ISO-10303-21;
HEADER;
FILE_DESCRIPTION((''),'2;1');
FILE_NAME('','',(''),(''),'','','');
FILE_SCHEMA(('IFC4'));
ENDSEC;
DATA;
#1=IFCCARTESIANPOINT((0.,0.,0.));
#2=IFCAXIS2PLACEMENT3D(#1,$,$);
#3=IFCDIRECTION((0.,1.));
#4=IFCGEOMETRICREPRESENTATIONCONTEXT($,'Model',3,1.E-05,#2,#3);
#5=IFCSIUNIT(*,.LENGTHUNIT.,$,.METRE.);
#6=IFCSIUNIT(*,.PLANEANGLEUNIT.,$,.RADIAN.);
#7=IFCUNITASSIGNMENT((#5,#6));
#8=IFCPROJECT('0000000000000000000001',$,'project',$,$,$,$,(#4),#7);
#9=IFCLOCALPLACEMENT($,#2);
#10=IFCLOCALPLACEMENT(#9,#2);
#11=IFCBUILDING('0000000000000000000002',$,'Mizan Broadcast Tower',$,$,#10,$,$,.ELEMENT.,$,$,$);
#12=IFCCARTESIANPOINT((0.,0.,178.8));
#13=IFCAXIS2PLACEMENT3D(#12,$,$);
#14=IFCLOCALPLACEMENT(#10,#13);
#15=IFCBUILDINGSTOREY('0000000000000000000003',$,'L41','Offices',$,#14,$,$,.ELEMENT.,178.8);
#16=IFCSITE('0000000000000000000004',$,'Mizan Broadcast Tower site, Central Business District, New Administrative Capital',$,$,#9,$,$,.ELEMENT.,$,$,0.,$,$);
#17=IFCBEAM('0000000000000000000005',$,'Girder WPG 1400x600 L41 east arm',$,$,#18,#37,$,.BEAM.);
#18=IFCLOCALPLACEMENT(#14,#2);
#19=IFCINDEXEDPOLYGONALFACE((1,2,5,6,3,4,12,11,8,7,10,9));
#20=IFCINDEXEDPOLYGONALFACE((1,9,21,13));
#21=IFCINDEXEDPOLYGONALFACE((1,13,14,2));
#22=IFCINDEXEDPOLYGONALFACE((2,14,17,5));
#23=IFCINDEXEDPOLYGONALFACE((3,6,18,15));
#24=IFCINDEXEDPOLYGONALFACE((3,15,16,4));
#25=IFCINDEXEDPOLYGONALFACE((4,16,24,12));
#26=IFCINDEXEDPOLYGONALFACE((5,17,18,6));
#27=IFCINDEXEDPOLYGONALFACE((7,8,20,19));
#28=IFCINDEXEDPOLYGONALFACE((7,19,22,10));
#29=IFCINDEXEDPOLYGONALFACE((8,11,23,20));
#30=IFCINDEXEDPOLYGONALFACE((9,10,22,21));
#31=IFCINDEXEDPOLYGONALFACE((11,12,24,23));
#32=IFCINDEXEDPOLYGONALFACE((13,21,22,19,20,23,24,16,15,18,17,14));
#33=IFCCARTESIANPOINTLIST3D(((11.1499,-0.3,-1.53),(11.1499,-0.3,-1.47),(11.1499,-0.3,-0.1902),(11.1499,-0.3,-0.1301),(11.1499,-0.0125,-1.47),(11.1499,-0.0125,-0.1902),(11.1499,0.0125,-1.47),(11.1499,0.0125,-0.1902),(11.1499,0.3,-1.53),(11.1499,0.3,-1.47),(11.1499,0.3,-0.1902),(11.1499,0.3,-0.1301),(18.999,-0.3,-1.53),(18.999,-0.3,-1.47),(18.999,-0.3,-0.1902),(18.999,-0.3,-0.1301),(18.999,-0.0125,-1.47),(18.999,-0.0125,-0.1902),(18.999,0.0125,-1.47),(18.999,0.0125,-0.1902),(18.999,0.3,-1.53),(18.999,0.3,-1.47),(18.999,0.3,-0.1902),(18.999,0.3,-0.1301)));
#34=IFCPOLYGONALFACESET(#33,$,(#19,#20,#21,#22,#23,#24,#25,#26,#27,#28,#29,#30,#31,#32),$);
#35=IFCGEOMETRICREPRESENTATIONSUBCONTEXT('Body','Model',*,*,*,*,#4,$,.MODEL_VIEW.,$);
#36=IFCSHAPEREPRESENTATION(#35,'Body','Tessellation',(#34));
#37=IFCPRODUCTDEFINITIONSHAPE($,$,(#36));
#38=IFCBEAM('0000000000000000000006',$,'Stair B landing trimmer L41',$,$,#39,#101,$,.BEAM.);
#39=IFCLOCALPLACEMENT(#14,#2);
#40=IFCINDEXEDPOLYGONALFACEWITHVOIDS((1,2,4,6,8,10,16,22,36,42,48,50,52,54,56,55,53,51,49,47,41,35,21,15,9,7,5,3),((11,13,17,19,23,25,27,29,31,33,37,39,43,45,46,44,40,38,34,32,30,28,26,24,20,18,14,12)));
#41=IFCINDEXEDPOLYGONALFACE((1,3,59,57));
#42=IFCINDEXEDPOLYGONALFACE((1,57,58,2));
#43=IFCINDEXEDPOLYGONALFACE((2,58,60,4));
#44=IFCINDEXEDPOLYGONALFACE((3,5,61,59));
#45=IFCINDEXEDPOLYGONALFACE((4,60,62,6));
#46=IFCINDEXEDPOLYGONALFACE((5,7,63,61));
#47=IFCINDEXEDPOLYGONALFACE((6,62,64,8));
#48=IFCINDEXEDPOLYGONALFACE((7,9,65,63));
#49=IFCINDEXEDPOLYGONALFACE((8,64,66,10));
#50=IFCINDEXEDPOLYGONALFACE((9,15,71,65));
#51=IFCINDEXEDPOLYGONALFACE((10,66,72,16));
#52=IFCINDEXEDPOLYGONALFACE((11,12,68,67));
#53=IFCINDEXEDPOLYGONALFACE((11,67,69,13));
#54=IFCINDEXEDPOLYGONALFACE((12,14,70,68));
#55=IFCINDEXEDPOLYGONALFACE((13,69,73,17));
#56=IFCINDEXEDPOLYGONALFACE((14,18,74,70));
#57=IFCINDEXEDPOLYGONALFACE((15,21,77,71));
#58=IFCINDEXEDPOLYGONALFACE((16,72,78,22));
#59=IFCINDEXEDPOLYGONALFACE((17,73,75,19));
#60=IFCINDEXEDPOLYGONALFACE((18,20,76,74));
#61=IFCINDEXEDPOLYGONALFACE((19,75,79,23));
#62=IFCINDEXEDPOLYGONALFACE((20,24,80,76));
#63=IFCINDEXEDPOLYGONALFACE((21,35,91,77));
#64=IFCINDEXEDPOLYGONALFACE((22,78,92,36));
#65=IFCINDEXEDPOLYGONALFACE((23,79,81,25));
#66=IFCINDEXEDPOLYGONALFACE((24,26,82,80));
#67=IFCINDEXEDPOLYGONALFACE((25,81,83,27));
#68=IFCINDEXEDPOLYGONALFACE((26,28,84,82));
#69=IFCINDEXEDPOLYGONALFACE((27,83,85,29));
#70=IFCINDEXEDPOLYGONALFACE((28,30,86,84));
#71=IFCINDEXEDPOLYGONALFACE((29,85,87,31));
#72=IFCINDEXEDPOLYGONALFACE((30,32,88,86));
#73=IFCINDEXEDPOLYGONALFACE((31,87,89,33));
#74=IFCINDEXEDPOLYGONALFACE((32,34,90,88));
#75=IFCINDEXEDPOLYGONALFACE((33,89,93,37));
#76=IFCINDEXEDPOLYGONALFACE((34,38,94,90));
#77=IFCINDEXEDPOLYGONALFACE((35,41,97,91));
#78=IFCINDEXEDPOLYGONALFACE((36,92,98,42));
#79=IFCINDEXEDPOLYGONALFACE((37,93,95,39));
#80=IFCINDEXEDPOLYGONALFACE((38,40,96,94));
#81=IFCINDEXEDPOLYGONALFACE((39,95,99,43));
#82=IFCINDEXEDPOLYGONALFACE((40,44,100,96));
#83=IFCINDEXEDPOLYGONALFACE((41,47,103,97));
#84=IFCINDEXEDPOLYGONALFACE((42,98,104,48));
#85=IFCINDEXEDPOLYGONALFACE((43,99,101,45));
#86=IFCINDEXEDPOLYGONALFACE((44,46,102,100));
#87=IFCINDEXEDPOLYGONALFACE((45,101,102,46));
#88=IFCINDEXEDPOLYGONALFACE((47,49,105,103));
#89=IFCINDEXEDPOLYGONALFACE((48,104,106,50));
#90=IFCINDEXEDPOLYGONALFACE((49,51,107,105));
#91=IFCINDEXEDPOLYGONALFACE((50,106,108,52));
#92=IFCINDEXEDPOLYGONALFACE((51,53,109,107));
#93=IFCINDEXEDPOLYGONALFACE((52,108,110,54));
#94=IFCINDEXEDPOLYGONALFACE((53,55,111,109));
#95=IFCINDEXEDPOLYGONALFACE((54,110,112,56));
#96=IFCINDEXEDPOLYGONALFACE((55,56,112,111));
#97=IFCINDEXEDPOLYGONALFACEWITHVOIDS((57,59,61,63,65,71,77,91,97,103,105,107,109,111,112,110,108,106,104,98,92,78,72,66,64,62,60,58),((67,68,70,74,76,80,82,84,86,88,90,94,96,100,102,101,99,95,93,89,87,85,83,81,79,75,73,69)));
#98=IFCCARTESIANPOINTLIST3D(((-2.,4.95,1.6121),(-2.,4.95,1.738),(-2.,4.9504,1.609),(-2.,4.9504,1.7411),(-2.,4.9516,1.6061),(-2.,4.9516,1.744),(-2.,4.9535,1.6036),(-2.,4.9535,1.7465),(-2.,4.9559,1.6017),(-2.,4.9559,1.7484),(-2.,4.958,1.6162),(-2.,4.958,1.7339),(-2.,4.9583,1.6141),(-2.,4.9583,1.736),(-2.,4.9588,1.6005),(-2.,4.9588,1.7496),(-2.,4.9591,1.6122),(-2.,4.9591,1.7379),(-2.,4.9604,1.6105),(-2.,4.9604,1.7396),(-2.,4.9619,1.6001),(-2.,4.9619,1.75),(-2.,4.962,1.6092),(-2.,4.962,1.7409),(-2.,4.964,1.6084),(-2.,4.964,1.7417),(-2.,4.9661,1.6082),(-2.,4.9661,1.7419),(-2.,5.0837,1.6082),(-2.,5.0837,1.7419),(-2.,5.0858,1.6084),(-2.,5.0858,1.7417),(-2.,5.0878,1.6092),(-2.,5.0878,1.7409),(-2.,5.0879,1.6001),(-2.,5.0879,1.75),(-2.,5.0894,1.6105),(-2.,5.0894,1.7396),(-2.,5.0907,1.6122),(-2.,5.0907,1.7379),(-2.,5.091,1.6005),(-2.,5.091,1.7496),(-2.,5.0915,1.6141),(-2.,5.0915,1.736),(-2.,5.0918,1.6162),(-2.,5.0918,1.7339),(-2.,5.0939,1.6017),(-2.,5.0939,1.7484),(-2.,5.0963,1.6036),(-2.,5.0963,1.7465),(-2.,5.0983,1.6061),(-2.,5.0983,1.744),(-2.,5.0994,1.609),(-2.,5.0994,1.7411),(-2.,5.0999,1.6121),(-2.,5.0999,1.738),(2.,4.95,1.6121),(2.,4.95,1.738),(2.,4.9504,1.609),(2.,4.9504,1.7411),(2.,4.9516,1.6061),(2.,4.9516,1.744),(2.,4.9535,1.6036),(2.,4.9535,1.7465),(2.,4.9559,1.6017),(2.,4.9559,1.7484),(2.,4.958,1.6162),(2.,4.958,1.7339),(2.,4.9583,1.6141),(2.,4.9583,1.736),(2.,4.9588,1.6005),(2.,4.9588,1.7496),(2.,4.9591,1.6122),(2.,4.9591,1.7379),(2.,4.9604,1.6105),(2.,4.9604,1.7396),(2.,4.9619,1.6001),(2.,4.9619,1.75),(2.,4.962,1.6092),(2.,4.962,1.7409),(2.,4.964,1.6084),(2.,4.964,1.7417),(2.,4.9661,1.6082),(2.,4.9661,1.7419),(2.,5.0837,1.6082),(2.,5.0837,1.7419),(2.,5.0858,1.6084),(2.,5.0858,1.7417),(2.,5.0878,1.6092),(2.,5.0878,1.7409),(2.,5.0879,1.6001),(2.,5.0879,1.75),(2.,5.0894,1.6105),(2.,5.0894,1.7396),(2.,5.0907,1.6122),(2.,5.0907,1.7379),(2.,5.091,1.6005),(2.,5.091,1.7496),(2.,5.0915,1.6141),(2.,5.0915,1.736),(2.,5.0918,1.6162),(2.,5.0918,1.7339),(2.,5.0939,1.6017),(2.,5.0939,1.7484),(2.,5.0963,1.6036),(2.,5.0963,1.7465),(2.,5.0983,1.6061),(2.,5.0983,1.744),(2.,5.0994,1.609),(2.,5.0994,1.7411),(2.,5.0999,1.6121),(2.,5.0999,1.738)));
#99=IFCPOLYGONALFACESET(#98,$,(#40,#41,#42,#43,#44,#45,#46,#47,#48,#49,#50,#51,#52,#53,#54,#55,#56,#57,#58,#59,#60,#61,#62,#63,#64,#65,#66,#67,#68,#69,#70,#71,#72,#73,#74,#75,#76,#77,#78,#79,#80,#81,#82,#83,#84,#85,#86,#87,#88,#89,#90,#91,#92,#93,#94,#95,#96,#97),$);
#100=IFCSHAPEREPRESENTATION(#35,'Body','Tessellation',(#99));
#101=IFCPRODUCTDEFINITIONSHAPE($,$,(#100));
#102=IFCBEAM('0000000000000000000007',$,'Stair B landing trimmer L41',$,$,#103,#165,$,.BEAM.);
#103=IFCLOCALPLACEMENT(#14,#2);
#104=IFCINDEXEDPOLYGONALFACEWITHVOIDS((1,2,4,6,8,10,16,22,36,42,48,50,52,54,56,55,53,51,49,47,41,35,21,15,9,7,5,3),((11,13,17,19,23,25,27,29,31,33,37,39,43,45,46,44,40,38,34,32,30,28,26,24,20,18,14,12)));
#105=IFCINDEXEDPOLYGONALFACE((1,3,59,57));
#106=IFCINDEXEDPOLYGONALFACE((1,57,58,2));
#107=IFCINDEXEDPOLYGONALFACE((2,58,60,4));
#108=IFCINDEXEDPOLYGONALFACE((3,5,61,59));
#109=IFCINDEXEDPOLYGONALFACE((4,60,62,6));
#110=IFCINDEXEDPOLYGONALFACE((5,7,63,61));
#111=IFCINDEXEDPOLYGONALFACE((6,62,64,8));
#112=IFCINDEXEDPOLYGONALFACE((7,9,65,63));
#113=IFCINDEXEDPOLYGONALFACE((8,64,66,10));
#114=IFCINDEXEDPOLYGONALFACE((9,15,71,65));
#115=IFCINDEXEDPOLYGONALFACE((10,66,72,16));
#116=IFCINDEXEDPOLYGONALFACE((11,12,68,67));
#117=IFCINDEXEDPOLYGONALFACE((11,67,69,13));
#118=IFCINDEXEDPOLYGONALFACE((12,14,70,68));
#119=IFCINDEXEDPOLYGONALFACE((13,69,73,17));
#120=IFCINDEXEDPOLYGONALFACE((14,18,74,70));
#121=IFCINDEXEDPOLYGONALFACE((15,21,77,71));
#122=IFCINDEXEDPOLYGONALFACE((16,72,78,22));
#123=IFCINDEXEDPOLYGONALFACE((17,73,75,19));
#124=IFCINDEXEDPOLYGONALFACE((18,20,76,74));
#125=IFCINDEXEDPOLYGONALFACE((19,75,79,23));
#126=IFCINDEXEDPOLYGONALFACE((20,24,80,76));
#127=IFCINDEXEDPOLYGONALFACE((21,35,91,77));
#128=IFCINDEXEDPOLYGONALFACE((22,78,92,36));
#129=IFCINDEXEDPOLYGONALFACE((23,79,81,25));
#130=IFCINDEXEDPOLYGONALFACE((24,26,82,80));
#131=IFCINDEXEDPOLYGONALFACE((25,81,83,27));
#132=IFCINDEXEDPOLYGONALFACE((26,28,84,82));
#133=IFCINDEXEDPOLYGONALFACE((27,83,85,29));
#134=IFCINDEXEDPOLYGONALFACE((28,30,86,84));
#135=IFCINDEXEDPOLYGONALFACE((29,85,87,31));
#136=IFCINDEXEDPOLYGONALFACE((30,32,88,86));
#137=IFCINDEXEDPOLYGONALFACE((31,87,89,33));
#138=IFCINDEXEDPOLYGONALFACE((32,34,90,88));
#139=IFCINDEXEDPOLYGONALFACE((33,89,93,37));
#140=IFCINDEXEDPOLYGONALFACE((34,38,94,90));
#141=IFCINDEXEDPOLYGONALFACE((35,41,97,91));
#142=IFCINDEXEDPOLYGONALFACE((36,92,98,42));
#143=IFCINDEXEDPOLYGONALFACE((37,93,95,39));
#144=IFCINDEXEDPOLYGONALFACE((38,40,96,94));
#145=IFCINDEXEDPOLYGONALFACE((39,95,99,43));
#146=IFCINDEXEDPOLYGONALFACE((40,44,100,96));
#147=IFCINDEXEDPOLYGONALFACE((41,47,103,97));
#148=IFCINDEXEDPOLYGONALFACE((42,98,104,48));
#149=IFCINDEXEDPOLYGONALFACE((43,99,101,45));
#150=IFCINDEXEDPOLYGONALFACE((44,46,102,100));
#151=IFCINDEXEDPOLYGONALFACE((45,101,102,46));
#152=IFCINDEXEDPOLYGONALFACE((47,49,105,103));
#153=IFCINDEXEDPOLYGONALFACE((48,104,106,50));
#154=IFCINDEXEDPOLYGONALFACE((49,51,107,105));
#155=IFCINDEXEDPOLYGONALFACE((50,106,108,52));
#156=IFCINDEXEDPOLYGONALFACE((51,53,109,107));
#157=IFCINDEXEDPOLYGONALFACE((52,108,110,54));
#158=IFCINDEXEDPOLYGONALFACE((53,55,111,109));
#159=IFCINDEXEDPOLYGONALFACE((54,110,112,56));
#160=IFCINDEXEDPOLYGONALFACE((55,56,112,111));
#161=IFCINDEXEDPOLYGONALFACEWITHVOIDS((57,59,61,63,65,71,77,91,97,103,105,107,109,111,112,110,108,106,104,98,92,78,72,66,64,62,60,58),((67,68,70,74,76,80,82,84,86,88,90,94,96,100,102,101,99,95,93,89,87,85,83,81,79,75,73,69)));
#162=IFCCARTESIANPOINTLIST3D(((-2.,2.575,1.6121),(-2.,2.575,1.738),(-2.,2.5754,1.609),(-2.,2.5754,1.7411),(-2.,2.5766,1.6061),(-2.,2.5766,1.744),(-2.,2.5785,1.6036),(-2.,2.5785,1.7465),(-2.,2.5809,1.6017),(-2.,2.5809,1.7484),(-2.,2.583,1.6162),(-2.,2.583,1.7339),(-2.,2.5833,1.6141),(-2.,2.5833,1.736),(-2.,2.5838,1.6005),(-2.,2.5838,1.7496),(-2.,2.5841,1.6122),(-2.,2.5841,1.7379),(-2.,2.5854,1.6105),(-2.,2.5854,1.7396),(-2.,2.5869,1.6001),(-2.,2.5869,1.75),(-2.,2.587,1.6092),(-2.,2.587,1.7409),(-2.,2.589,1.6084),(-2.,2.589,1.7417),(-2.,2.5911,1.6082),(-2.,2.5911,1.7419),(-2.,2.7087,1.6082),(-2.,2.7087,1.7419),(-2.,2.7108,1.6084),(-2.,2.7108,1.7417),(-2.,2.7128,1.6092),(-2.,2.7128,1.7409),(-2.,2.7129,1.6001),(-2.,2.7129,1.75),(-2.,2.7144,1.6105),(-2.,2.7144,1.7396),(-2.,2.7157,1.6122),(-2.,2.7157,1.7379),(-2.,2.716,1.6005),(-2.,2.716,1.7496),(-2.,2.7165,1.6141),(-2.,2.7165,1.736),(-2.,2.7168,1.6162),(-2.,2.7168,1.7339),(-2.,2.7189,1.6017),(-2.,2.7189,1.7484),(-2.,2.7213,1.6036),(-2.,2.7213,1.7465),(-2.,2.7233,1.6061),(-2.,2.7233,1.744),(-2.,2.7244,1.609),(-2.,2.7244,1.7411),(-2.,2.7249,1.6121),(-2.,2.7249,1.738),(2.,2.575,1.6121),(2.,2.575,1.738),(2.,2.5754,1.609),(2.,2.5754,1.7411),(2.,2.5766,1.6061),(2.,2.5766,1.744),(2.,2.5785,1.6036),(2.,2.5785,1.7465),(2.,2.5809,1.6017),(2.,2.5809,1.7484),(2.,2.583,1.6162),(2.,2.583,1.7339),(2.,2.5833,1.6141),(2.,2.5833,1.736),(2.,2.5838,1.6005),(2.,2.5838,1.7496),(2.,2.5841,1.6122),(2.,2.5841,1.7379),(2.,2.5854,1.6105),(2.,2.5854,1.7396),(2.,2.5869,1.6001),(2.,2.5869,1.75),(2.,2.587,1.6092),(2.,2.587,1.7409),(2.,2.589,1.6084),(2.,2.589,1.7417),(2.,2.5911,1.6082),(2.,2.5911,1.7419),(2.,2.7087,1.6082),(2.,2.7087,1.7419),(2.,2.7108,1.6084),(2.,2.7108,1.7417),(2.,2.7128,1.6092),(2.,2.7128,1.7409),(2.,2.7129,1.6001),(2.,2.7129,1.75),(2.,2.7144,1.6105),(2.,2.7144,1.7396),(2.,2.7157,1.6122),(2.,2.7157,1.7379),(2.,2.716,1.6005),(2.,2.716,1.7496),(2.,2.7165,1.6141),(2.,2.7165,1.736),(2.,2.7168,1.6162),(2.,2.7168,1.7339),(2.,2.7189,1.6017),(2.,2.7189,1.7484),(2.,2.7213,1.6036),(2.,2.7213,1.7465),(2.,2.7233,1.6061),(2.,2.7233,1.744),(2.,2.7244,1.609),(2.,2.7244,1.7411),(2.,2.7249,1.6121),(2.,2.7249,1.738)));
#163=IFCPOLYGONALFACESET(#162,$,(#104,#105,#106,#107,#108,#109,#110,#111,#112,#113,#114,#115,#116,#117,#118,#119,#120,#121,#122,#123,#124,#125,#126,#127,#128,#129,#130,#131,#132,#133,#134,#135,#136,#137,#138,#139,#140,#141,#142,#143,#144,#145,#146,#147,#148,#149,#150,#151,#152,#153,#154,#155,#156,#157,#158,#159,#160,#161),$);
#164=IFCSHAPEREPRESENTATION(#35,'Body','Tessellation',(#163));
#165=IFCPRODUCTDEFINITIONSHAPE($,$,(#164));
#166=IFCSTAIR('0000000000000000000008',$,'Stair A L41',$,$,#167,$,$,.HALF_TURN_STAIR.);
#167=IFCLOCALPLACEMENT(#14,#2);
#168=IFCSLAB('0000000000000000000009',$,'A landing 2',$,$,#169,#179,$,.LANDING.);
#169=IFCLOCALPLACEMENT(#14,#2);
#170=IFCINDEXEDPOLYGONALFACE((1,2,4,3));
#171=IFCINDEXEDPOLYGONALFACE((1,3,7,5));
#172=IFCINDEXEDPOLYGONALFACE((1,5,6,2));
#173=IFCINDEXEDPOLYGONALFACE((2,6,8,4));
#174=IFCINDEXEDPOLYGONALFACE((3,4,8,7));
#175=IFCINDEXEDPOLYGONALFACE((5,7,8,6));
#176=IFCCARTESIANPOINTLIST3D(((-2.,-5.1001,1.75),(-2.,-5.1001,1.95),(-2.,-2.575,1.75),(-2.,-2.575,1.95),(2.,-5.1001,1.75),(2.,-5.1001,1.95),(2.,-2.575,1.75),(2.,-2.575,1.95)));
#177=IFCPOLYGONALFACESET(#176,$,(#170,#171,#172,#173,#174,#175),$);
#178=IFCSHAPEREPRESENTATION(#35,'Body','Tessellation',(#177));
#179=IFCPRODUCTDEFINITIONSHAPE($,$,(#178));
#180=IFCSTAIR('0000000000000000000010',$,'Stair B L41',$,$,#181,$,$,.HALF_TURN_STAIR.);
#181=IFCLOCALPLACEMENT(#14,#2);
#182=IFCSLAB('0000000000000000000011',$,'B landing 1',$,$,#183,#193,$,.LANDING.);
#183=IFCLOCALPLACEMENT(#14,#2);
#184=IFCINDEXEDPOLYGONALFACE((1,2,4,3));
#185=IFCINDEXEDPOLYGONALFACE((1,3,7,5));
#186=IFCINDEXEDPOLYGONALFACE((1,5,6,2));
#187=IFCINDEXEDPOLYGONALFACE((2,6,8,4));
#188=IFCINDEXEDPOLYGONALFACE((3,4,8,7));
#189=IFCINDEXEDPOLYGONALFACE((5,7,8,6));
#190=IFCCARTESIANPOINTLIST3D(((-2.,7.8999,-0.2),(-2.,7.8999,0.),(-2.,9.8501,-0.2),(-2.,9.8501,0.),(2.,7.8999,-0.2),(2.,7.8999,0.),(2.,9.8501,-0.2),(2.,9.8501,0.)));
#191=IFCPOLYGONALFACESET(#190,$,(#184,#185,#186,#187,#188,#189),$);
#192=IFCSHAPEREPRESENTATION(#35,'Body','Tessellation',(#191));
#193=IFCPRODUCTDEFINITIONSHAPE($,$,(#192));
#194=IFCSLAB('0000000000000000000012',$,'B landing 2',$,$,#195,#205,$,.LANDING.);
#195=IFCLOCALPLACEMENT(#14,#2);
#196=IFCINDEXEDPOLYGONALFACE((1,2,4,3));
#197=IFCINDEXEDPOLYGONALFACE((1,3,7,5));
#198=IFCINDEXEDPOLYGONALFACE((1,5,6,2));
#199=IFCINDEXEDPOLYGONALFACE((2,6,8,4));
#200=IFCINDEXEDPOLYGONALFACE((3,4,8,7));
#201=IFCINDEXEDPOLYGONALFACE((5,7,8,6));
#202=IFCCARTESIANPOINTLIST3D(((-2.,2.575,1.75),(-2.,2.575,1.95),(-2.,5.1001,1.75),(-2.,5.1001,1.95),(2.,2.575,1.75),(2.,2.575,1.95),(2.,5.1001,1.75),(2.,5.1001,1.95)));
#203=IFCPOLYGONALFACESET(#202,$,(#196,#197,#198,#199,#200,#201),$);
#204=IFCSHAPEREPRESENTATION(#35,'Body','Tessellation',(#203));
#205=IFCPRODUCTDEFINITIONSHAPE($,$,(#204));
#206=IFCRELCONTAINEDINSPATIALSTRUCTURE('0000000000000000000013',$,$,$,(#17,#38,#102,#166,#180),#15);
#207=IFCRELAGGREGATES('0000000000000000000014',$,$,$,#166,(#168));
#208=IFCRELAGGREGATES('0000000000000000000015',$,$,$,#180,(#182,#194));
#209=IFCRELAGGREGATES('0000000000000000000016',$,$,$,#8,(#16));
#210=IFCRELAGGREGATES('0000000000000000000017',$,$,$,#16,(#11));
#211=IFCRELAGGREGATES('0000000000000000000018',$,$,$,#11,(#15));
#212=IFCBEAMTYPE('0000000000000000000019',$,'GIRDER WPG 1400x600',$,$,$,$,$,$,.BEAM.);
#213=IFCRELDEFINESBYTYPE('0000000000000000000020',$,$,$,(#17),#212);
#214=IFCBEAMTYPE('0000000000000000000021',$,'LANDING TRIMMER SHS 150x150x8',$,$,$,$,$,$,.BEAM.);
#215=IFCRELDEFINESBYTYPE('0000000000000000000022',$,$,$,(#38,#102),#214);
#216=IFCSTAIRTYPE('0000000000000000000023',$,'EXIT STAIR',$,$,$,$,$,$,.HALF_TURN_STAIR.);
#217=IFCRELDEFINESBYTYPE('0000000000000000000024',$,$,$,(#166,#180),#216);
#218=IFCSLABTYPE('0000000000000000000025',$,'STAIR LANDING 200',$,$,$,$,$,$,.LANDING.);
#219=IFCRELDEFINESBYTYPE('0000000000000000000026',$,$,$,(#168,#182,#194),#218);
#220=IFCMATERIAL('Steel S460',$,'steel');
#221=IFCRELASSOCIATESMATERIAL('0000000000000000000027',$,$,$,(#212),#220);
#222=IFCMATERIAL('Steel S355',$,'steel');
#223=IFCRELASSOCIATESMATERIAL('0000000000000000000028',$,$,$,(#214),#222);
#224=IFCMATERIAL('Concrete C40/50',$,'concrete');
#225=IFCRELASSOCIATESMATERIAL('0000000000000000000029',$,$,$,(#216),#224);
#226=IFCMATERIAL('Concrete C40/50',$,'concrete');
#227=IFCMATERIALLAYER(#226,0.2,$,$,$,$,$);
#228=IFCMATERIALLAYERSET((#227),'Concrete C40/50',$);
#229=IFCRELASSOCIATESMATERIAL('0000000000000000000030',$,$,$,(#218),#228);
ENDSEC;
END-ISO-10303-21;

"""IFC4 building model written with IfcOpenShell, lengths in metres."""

from ifc_helpers import new_model, si_unit, direction, frame, origin, origin_2d, place, context, subcontext, project, spatial, polyline, hollow_rectangle, i_section, outline, extrude, material, layer, layer_set, material_profile, profile_set, type_object, element, aggregate, save


model = new_model("IFC4")

# Units and contexts
model_context = context("Model", 3, precision=1e-05, world=origin(), true_north=direction((0.0, 1.0)))
body_context = subcontext(model_context, "Body", "Model", "MODEL_VIEW")
ifc_project = project(units=[si_unit("LENGTHUNIT", "METRE"), si_unit("PLANEANGLEUNIT", "RADIAN")], contexts=[model_context])

# Site, building, storey
site_placement = place(None, origin())
site = spatial("IfcSite", under=ifc_project, at=site_placement, Name="Mizan Broadcast Tower site, Central Business District, New Administrative Capital", CompositionType="ELEMENT", RefElevation=0.0)
building_placement = place(site_placement, origin())
building = spatial("IfcBuilding", under=site, at=building_placement, Name="Mizan Broadcast Tower", CompositionType="ELEMENT")
storey_placement = place(building_placement, frame((0.0, 0.0, 178.8)))
storey = spatial("IfcBuildingStorey", under=building, at=storey_placement, Name="L41", Description="Offices", CompositionType="ELEMENT", Elevation=178.8)

# Beams
ifc_material_1 = material(Name="Steel S460", Category="steel")
ifc_material_profile_1 = material_profile(ifc_material_1, i_section(OverallWidth=0.6001, OverallDepth=1.3999, WebThickness=0.0249, FlangeThickness=0.0601, at=origin_2d()), Name="WPG 1400x600")
ifc_profile_set_1 = profile_set([ifc_material_profile_1], Name="Steel S460")
beam_type_1 = type_object("IfcBeamType", Name="GIRDER WPG 1400x600", PredefinedType="BEAM", material=ifc_profile_set_1)
beam_placement = place(storey_placement, frame((11.1499, 0.0, -0.8301), z_axis=(1.0, 0.0, 0.0), x_axis=(0.0, 1.0, 0.0)))
element("IfcBeam", 1, at=beam_placement, inside=storey, type_object=beam_type_1, Name="Girder WPG 1400x600 L41 east arm", PredefinedType="BEAM", context=body_context, shape_type="SweptSolid", body=[
    extrude(i_section(OverallWidth=0.6001, OverallDepth=1.3999, WebThickness=0.0249, FlangeThickness=0.0601, at=origin_2d()), origin(), (0.0, 0.0, 1.0), 7.8491),
])
ifc_material_2 = material(Name="Steel S355", Category="steel")
ifc_material_profile_2 = material_profile(ifc_material_2, hollow_rectangle(XDim=0.1499, YDim=0.1499, WallThickness=0.0081, InnerFilletRadius=0.0081, OuterFilletRadius=0.012, at=origin_2d()), Name="SHS 150x150x8")
ifc_profile_set_2 = profile_set([ifc_material_profile_2], Name="Steel S355")
beam_type_2 = type_object("IfcBeamType", Name="LANDING TRIMMER SHS 150x150x8", PredefinedType="BEAM", material=ifc_profile_set_2)
for number, where, z_axis, x_axis, name in (
    (2, (2.0, 5.0249, 1.675), (-1.0, 0.0, 0.0), (0.0, -1.0, 0.0), "Stair B landing trimmer L41"),
    (3, (2.0, 2.6499, 1.675), (-1.0, 0.0, 0.0), (0.0, -1.0, 0.0), "Stair B landing trimmer L41"),
):
    element("IfcBeam", number, at=place(storey_placement, frame(where, z_axis=z_axis, x_axis=x_axis)), inside=storey, type_object=beam_type_2, Name=name, PredefinedType="BEAM", context=body_context, shape_type="SweptSolid", body=[
        extrude(hollow_rectangle(XDim=0.1499, YDim=0.1499, WallThickness=0.0081, InnerFilletRadius=0.0081, OuterFilletRadius=0.012, at=origin_2d()), origin(), (0.0, 0.0, 1.0), 4.0),
    ])

# Stair, slab
ifc_material_3 = material(Name="Concrete C40/50", Category="concrete")
stair_type = type_object("IfcStairType", Name="EXIT STAIR", PredefinedType="HALF_TURN_STAIR", material=ifc_material_3)
stair_1_placement = place(storey_placement, origin())
stair_1 = element("IfcStair", 4, at=stair_1_placement, inside=storey, type_object=stair_type, Name="Stair A L41", PredefinedType="HALF_TURN_STAIR")
ifc_material_4 = material(Name="Concrete C40/50", Category="concrete")
ifc_layer_1 = layer(ifc_material_4, 0.2)
ifc_layer_set_1 = layer_set([ifc_layer_1], Name="Concrete C40/50")
slab_type = type_object("IfcSlabType", Name="STAIR LANDING 200", PredefinedType="LANDING", material=ifc_layer_set_1)
slab_1_placement = place(storey_placement, frame((0.0, 0.0, 1.75)))
slab_1 = element("IfcSlab", 5, at=slab_1_placement, type_object=slab_type, Name="A landing 2", PredefinedType="LANDING", context=body_context, shape_type="SweptSolid", body=[
    extrude(outline(polyline([(-2.0, -5.1001), (-2.0, -2.575), (2.0, -2.575), (2.0, -5.1001), (-2.0, -5.1001)])), origin(), (0.0, 0.0, 1.0), 0.2),
])
aggregate(stair_1, [slab_1])

# Stair, slabs
stair_2_placement = place(storey_placement, origin())
stair_2 = element("IfcStair", 6, at=stair_2_placement, inside=storey, type_object=stair_type, Name="Stair B L41", PredefinedType="HALF_TURN_STAIR")
slab_2_placement = place(storey_placement, frame((0.0, 0.0, -0.2)))
slab_2 = element("IfcSlab", 7, at=slab_2_placement, type_object=slab_type, Name="B landing 1", PredefinedType="LANDING", context=body_context, shape_type="SweptSolid", body=[
    extrude(outline(polyline([(2.0, 9.8501), (2.0, 7.8999), (-2.0, 7.8999), (-2.0, 9.8501), (2.0, 9.8501)])), origin(), (0.0, 0.0, 1.0), 0.2),
])
slab_3_placement = place(storey_placement, frame((0.0, 0.0, 1.75)))
slab_3 = element("IfcSlab", 8, at=slab_3_placement, type_object=slab_type, Name="B landing 2", PredefinedType="LANDING", context=body_context, shape_type="SweptSolid", body=[
    extrude(outline(polyline([(2.0, 5.1001), (2.0, 2.575), (-2.0, 2.575), (-2.0, 5.1001), (2.0, 5.1001)])), origin(), (0.0, 0.0, 1.0), 0.2),
])

aggregate(stair_2, [slab_2, slab_3])

save(model, "model.ifc")
